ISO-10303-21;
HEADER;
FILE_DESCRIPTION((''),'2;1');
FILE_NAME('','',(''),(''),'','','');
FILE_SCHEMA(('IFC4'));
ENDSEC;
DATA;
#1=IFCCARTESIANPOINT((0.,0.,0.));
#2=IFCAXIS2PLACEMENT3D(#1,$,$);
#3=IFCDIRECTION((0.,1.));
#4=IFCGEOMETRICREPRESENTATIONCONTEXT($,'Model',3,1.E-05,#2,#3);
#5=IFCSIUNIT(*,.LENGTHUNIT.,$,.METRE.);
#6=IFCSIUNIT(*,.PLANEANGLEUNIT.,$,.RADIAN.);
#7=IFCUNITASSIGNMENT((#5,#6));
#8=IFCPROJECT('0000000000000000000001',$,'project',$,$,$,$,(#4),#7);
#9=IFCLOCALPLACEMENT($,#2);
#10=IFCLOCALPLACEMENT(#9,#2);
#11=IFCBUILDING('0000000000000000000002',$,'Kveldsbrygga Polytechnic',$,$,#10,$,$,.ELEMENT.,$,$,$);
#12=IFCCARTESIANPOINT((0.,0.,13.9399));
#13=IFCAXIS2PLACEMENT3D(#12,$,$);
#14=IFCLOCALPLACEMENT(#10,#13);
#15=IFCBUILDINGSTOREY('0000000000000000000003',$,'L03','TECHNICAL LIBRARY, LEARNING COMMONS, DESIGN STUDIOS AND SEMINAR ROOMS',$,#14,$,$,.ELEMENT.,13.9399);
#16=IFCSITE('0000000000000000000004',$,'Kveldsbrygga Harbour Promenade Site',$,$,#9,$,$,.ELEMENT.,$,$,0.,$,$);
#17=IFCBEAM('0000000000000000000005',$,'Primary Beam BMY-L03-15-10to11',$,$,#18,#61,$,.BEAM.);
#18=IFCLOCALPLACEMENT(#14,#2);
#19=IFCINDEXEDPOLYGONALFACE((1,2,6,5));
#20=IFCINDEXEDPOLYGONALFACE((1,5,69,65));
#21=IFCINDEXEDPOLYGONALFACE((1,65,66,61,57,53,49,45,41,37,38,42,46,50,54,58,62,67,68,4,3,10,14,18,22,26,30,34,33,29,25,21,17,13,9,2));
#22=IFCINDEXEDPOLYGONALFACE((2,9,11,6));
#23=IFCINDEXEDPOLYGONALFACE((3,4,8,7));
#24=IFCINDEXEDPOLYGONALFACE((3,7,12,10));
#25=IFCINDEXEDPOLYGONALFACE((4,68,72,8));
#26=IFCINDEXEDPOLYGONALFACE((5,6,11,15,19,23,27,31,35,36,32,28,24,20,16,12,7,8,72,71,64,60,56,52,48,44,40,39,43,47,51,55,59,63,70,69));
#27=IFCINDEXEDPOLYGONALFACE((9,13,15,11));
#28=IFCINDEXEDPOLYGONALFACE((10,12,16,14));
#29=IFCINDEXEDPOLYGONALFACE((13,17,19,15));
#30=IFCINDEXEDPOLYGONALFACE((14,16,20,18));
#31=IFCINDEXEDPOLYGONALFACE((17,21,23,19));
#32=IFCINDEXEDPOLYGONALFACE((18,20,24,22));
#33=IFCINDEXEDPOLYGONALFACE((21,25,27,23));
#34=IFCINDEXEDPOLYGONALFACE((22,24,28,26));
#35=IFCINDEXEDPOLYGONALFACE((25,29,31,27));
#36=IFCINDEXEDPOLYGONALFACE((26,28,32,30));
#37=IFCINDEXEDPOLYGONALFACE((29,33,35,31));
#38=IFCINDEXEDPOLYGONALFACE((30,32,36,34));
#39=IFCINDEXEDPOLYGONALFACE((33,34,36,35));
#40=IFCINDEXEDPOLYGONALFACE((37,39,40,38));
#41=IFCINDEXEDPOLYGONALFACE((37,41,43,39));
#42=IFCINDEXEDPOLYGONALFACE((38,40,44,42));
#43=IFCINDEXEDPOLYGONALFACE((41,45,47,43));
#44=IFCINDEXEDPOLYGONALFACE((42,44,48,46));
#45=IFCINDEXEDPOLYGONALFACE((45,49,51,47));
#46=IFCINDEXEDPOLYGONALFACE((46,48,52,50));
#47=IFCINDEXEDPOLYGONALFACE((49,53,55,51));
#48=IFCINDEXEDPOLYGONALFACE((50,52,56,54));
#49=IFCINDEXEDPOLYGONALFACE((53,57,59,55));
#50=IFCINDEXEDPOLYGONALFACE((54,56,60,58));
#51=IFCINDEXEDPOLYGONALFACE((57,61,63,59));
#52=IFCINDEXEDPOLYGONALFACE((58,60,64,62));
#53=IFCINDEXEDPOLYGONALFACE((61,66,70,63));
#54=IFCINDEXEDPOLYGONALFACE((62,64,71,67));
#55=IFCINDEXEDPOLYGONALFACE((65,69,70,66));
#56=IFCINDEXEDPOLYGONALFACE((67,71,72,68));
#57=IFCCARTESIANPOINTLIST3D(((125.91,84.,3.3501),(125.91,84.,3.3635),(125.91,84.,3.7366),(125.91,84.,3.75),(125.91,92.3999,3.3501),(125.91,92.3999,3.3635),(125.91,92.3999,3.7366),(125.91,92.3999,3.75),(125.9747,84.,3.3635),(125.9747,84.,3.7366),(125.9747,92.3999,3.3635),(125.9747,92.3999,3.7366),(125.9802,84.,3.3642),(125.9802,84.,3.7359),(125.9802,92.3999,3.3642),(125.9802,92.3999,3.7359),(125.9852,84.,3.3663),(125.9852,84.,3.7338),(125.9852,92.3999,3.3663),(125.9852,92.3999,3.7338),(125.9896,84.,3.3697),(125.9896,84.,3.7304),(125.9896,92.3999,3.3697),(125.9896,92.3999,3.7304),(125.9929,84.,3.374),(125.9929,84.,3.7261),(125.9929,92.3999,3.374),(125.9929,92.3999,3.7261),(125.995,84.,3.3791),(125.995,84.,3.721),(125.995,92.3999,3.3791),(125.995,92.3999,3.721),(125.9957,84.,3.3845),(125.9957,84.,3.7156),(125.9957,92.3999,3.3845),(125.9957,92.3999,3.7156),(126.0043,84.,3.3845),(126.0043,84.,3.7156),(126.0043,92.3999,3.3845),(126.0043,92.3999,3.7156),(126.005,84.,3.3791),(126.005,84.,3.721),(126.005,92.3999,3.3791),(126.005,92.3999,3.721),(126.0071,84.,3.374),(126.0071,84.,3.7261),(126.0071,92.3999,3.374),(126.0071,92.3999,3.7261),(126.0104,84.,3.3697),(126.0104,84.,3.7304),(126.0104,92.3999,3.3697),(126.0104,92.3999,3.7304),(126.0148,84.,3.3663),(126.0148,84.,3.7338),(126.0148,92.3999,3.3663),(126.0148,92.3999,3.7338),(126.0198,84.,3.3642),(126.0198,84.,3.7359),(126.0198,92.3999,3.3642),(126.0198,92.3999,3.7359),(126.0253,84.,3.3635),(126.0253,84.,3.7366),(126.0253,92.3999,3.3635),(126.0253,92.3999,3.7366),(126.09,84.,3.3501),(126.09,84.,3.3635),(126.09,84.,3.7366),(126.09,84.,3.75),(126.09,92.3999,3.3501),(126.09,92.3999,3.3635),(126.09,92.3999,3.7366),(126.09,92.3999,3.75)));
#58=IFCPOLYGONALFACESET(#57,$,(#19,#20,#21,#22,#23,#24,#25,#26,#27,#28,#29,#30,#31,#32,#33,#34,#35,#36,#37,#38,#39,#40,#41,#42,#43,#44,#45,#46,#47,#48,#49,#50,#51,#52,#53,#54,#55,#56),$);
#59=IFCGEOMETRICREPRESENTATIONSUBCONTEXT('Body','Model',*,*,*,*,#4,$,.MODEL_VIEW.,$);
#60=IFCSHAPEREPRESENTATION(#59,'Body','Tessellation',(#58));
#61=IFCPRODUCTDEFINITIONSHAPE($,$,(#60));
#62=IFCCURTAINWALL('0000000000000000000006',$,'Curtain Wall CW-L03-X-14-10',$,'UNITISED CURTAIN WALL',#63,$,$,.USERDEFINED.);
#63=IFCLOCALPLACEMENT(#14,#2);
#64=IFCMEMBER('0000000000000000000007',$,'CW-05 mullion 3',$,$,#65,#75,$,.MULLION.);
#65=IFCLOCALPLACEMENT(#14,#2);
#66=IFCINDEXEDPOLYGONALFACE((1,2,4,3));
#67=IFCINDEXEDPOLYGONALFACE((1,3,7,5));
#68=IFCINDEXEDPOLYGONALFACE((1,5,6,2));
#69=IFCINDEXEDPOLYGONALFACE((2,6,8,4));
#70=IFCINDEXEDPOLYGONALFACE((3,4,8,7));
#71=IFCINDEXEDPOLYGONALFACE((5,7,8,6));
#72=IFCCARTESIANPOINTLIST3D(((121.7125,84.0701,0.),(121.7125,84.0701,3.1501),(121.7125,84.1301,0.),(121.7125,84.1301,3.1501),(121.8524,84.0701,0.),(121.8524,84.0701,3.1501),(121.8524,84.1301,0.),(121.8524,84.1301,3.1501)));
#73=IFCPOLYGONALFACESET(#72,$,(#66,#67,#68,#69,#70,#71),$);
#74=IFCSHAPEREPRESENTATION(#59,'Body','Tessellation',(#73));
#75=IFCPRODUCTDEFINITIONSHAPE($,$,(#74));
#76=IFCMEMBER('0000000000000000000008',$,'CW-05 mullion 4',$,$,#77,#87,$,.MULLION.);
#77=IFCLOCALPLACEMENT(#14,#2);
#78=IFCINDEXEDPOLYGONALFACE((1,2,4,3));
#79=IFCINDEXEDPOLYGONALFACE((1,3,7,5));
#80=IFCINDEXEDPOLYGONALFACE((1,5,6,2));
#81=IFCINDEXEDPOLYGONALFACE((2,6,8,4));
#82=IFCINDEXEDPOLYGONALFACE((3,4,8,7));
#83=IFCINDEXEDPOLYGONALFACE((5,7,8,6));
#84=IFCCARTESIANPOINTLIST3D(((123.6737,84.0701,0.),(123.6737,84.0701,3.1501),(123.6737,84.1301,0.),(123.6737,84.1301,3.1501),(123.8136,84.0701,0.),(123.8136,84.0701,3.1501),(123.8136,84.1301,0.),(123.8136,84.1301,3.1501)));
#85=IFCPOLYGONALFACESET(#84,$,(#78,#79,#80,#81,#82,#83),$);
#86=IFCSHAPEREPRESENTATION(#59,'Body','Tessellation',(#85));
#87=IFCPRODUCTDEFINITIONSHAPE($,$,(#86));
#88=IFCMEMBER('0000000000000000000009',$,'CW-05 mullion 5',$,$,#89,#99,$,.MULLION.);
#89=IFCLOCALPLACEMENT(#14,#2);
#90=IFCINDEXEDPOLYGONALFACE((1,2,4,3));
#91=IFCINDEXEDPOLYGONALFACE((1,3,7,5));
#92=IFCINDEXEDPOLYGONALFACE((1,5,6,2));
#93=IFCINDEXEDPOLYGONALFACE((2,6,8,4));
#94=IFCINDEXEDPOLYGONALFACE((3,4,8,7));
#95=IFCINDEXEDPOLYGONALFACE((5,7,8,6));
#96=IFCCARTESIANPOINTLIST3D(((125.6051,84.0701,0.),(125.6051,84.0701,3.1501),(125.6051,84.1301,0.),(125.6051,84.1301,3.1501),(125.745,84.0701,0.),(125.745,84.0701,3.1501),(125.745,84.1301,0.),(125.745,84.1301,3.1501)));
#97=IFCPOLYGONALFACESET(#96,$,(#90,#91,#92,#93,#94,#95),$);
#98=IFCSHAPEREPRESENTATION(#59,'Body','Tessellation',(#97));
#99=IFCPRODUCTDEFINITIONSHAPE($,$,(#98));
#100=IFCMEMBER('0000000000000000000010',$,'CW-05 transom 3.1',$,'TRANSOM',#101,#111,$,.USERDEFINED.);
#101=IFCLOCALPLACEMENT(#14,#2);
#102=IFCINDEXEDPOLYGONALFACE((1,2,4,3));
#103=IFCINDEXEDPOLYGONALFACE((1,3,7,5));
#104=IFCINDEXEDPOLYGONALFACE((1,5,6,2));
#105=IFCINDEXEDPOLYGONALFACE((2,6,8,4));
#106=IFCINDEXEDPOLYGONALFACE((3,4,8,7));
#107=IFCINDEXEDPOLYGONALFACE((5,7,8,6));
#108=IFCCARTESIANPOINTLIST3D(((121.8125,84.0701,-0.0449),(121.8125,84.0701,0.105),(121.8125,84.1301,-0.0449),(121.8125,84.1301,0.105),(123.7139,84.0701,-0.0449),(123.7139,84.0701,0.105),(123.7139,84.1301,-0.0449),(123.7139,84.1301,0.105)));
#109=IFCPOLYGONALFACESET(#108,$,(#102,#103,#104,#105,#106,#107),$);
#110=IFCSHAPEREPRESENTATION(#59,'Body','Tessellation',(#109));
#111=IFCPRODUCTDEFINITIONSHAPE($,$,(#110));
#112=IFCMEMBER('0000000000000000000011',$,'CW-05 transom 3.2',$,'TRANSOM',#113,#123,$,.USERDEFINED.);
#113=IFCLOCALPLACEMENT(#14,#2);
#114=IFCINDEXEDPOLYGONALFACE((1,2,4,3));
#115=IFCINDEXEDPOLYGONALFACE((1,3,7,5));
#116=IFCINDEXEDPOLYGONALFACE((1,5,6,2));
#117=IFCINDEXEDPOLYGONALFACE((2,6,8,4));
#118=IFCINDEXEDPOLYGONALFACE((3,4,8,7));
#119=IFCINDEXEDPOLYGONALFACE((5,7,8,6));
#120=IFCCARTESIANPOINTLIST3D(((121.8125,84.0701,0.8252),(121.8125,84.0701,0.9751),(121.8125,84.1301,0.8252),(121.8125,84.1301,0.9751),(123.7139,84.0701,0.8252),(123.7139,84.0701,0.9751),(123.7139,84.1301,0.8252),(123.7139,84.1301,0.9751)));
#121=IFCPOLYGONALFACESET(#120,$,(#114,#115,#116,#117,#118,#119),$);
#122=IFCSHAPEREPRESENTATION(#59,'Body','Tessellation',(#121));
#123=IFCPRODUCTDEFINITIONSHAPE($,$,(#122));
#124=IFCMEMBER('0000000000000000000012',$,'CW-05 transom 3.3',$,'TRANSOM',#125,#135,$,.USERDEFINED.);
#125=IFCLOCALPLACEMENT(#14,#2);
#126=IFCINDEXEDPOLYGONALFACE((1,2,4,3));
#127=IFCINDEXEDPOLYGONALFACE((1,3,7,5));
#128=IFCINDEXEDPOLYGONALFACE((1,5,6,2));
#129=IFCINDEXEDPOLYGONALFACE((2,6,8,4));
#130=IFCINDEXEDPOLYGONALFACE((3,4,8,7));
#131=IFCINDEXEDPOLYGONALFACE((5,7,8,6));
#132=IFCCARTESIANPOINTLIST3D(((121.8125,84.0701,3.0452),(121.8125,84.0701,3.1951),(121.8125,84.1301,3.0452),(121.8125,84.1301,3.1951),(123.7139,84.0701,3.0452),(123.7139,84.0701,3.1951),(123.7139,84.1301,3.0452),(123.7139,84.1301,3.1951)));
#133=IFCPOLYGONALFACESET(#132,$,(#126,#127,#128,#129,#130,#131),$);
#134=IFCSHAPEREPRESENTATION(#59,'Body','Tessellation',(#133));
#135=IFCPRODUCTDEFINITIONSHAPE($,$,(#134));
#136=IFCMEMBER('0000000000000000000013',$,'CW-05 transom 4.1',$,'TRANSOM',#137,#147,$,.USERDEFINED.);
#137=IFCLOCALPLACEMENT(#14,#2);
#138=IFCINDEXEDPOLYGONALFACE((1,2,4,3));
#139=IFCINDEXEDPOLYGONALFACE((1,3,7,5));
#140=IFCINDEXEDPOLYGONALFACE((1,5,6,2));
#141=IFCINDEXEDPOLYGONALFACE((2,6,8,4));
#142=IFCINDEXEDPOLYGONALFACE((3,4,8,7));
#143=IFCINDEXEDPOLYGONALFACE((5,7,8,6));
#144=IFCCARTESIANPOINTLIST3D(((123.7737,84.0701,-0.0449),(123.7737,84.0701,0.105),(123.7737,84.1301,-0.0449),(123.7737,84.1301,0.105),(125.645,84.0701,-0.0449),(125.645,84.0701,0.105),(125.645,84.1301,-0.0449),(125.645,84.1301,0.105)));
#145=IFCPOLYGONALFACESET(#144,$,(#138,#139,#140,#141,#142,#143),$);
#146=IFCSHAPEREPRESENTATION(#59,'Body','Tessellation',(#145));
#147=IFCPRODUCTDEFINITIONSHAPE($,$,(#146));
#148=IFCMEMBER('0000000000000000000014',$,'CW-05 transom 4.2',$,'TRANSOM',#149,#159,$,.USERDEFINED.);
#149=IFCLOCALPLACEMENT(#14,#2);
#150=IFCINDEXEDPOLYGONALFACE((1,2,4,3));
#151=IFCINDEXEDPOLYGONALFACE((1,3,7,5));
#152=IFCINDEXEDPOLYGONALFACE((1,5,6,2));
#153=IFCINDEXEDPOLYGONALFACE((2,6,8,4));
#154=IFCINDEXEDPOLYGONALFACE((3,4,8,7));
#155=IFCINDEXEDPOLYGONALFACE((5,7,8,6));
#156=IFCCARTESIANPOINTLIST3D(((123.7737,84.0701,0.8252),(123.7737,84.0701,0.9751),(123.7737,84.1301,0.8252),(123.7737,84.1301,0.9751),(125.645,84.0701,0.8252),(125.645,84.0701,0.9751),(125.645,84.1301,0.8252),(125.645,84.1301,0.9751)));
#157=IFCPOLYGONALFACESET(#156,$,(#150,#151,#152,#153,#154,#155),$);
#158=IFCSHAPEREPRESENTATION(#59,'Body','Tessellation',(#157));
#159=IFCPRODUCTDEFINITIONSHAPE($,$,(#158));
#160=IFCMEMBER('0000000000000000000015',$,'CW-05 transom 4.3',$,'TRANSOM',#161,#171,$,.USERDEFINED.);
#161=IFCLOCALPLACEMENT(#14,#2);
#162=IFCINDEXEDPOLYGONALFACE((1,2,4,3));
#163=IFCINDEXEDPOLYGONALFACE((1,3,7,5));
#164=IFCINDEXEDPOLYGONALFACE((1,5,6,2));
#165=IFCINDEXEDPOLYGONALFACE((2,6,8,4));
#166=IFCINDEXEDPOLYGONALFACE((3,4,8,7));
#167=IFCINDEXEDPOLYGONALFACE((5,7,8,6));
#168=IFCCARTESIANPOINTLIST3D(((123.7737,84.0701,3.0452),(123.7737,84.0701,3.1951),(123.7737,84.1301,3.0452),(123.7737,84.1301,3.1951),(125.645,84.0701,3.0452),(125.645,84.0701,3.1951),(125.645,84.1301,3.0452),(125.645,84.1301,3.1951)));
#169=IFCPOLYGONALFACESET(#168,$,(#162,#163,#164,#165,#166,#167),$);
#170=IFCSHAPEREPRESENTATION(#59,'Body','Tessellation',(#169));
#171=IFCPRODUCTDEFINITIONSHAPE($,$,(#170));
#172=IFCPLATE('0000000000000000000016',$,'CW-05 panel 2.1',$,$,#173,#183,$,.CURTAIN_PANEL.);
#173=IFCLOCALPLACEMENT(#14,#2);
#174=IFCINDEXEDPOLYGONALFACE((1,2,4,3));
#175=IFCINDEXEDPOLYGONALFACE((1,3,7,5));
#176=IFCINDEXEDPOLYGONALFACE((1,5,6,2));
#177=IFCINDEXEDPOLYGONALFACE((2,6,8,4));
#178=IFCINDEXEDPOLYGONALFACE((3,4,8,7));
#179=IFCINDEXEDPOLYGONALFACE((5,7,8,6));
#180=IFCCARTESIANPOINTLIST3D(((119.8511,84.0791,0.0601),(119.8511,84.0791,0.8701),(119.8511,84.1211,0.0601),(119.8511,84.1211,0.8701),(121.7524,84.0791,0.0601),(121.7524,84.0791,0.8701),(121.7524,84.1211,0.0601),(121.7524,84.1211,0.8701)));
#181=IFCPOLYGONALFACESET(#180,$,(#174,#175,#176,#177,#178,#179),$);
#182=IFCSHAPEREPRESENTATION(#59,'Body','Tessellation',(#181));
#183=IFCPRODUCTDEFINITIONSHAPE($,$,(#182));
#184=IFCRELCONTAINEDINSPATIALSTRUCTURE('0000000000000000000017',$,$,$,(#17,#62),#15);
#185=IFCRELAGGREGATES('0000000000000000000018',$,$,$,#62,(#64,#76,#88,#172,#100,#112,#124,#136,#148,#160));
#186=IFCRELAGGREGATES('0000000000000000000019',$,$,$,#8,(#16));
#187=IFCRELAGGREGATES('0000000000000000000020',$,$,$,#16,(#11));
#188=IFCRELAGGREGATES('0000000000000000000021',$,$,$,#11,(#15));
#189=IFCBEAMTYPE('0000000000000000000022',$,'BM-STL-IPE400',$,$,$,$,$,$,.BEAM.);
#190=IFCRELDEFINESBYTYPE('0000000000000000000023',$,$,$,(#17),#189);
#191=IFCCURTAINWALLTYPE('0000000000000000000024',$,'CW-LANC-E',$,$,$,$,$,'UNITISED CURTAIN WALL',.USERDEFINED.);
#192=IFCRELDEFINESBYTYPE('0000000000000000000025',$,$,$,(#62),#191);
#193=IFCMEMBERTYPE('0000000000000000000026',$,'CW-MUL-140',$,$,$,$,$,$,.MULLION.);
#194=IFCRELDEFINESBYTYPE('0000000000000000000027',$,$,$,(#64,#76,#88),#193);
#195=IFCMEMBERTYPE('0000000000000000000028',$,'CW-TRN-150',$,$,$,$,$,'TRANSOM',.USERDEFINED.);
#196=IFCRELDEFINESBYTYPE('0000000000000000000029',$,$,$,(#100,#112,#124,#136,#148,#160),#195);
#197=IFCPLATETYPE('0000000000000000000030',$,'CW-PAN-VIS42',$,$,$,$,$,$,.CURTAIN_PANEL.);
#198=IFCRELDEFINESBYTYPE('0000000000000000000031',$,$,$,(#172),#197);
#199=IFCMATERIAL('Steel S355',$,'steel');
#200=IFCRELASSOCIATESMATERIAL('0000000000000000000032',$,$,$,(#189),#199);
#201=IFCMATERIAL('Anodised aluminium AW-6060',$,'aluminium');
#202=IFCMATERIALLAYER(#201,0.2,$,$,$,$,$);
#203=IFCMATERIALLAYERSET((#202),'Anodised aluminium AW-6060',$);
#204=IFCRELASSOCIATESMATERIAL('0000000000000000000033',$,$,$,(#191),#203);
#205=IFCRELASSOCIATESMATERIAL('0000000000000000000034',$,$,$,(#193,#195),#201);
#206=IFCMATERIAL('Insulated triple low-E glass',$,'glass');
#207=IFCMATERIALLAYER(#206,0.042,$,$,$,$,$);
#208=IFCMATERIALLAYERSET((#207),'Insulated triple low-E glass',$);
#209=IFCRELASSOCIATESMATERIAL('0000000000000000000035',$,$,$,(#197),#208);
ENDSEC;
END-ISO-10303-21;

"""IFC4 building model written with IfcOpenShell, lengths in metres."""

from ifc_helpers import new_model, si_unit, direction, frame, origin, origin_2d, place, context, subcontext, project, spatial, rectangle, i_section, extrude, material, layer, layer_set, material_profile, profile_set, type_object, element, aggregate, save


model = new_model("IFC4")

# Units and contexts
model_context = context("Model", 3, precision=1e-05, world=origin(), true_north=direction((0.0, 1.0)))
body_context = subcontext(model_context, "Body", "Model", "MODEL_VIEW")
ifc_project = project(units=[si_unit("LENGTHUNIT", "METRE"), si_unit("PLANEANGLEUNIT", "RADIAN")], contexts=[model_context])

# Site, building, storey
site_placement = place(None, origin())
site = spatial("IfcSite", under=ifc_project, at=site_placement, Name="Kveldsbrygga Harbour Promenade Site", CompositionType="ELEMENT", RefElevation=0.0)
building_placement = place(site_placement, origin())
building = spatial("IfcBuilding", under=site, at=building_placement, Name="Kveldsbrygga Polytechnic", CompositionType="ELEMENT")
storey_placement = place(building_placement, frame((0.0, 0.0, 13.9399)))
storey = spatial("IfcBuildingStorey", under=building, at=storey_placement, Name="L03", Description="TECHNICAL LIBRARY, LEARNING COMMONS, DESIGN STUDIOS AND SEMINAR ROOMS", CompositionType="ELEMENT", Elevation=13.9399)

# Beam
ifc_material_1 = material(Name="Steel S355", Category="steel")
ifc_material_profile_1 = material_profile(ifc_material_1, i_section(OverallWidth=0.1799, OverallDepth=0.3999, WebThickness=0.0085, FlangeThickness=0.0134, FilletRadius=0.021, at=origin_2d()), Name="IPE 400")
ifc_profile_set_1 = profile_set([ifc_material_profile_1], Name="Steel S355")
beam_type = type_object("IfcBeamType", Name="BM-STL-IPE400", PredefinedType="BEAM", material=ifc_profile_set_1)
beam_placement = place(storey_placement, frame((126.0, 84.0, 3.55), z_axis=(0.0, 1.0, 0.0), x_axis=(-1.0, 0.0, 0.0)))
element("IfcBeam", 1, at=beam_placement, inside=storey, type_object=beam_type, Name="Primary Beam BMY-L03-15-10to11", PredefinedType="BEAM", context=body_context, shape_type="SweptSolid", body=[
    extrude(i_section(OverallWidth=0.1799, OverallDepth=0.3999, WebThickness=0.0085, FlangeThickness=0.0134, FilletRadius=0.021, at=origin_2d()), origin(), (0.0, 0.0, 1.0), 8.3999),
])

# Curtain wall, members, plate
ifc_material_2 = material(Name="Anodised aluminium AW-6060", Category="aluminium")
ifc_layer_1 = layer(ifc_material_2, 0.2)
ifc_layer_set_1 = layer_set([ifc_layer_1], Name="Anodised aluminium AW-6060")
curtain_wall_type = type_object("IfcCurtainWallType", Name="CW-LANC-E", ElementType="UNITISED CURTAIN WALL", PredefinedType="USERDEFINED", material=ifc_layer_set_1)
curtain_wall_placement = place(storey_placement, origin())
curtain_wall = element("IfcCurtainWall", 2, at=curtain_wall_placement, inside=storey, type_object=curtain_wall_type, Name="Curtain Wall CW-L03-X-14-10", ObjectType="UNITISED CURTAIN WALL", PredefinedType="USERDEFINED")
ifc_material_profile_2 = material_profile(ifc_material_2, rectangle(XDim=0.0601, YDim=0.1399, at=origin_2d()), Name="ALU 60x140")
ifc_profile_set_2 = profile_set([ifc_material_profile_2], Name="Anodised aluminium AW-6060")
member_type_1 = type_object("IfcMemberType", Name="CW-MUL-140", PredefinedType="MULLION", material=ifc_profile_set_2)
member_1_placement = place(storey_placement, frame((121.7825, 84.1001, 0.0), z_axis=(0.0, 0.0, 1.0), x_axis=(0.0, 1.0, 0.0)))
member_1 = element("IfcMember", 3, at=member_1_placement, type_object=member_type_1, Name="CW-05 mullion 3", PredefinedType="MULLION", context=body_context, shape_type="SweptSolid", body=[
    extrude(rectangle(XDim=0.0601, YDim=0.1399, at=origin_2d()), origin(), (0.0, 0.0, 1.0), 3.1501),
])
member_2_placement = place(storey_placement, frame((123.7437, 84.1001, 0.0), z_axis=(0.0, 0.0, 1.0), x_axis=(0.0, 1.0, 0.0)))
member_2 = element("IfcMember", 4, at=member_2_placement, type_object=member_type_1, Name="CW-05 mullion 4", PredefinedType="MULLION", context=body_context, shape_type="SweptSolid", body=[
    extrude(rectangle(XDim=0.0601, YDim=0.1399, at=origin_2d()), origin(), (0.0, 0.0, 1.0), 3.1501),
])
member_3_placement = place(storey_placement, frame((125.675, 84.1001, 0.0), z_axis=(0.0, 0.0, 1.0), x_axis=(0.0, 1.0, 0.0)))
member_3 = element("IfcMember", 5, at=member_3_placement, type_object=member_type_1, Name="CW-05 mullion 5", PredefinedType="MULLION", context=body_context, shape_type="SweptSolid", body=[
    extrude(rectangle(XDim=0.0601, YDim=0.1399, at=origin_2d()), origin(), (0.0, 0.0, 1.0), 3.1501),
])
ifc_material_profile_3 = material_profile(ifc_material_2, rectangle(XDim=0.0601, YDim=0.1499, at=origin_2d()), Name="ALU 60x150")
ifc_profile_set_3 = profile_set([ifc_material_profile_3], Name="Anodised aluminium AW-6060")
member_type_2 = type_object("IfcMemberType", Name="CW-TRN-150", ElementType="TRANSOM", PredefinedType="USERDEFINED", material=ifc_profile_set_3)
member_4_placement = place(storey_placement, frame((121.8125, 84.1001, 0.03), z_axis=(1.0, 0.0, 0.0), x_axis=(0.0, 1.0, 0.0)))
member_4 = element("IfcMember", 6, at=member_4_placement, type_object=member_type_2, Name="CW-05 transom 3.1", ObjectType="TRANSOM", PredefinedType="USERDEFINED", context=body_context, shape_type="SweptSolid", body=[
    extrude(rectangle(XDim=0.0601, YDim=0.1499, at=origin_2d()), origin(), (0.0, 0.0, 1.0), 1.9014),
])
member_5_placement = place(storey_placement, frame((121.8125, 84.1001, 0.9001), z_axis=(1.0, 0.0, 0.0), x_axis=(0.0, 1.0, 0.0)))
member_5 = element("IfcMember", 7, at=member_5_placement, type_object=member_type_2, Name="CW-05 transom 3.2", ObjectType="TRANSOM", PredefinedType="USERDEFINED", context=body_context, shape_type="SweptSolid", body=[
    extrude(rectangle(XDim=0.0601, YDim=0.1499, at=origin_2d()), origin(), (0.0, 0.0, 1.0), 1.9014),
])
member_6_placement = place(storey_placement, frame((121.8125, 84.1001, 3.1201), z_axis=(1.0, 0.0, 0.0), x_axis=(0.0, 1.0, 0.0)))
member_6 = element("IfcMember", 8, at=member_6_placement, type_object=member_type_2, Name="CW-05 transom 3.3", ObjectType="TRANSOM", PredefinedType="USERDEFINED", context=body_context, shape_type="SweptSolid", body=[
    extrude(rectangle(XDim=0.0601, YDim=0.1499, at=origin_2d()), origin(), (0.0, 0.0, 1.0), 1.9014),
])
member_7_placement = place(storey_placement, frame((123.7737, 84.1001, 0.03), z_axis=(1.0, 0.0, 0.0), x_axis=(0.0, 1.0, 0.0)))
member_7 = element("IfcMember", 9, at=member_7_placement, type_object=member_type_2, Name="CW-05 transom 4.1", ObjectType="TRANSOM", PredefinedType="USERDEFINED", context=body_context, shape_type="SweptSolid", body=[
    extrude(rectangle(XDim=0.0601, YDim=0.1499, at=origin_2d()), origin(), (0.0, 0.0, 1.0), 1.8713),
])
member_8_placement = place(storey_placement, frame((123.7737, 84.1001, 0.9001), z_axis=(1.0, 0.0, 0.0), x_axis=(0.0, 1.0, 0.0)))
member_8 = element("IfcMember", 10, at=member_8_placement, type_object=member_type_2, Name="CW-05 transom 4.2", ObjectType="TRANSOM", PredefinedType="USERDEFINED", context=body_context, shape_type="SweptSolid", body=[
    extrude(rectangle(XDim=0.0601, YDim=0.1499, at=origin_2d()), origin(), (0.0, 0.0, 1.0), 1.8713),
])
member_9_placement = place(storey_placement, frame((123.7737, 84.1001, 3.1201), z_axis=(1.0, 0.0, 0.0), x_axis=(0.0, 1.0, 0.0)))
member_9 = element("IfcMember", 11, at=member_9_placement, type_object=member_type_2, Name="CW-05 transom 4.3", ObjectType="TRANSOM", PredefinedType="USERDEFINED", context=body_context, shape_type="SweptSolid", body=[
    extrude(rectangle(XDim=0.0601, YDim=0.1499, at=origin_2d()), origin(), (0.0, 0.0, 1.0), 1.8713),
])
ifc_material_3 = material(Name="Insulated triple low-E glass", Category="glass")
ifc_layer_2 = layer(ifc_material_3, 0.042)
ifc_layer_set_2 = layer_set([ifc_layer_2], Name="Insulated triple low-E glass")
plate_type = type_object("IfcPlateType", Name="CW-PAN-VIS42", PredefinedType="CURTAIN_PANEL", material=ifc_layer_set_2)
plate_1_placement = place(storey_placement, frame((120.8018, 84.1001, 0.0601), z_axis=(0.0, 0.0, 1.0), x_axis=(1.0, 0.0, 0.0)))
plate_1 = element("IfcPlate", 12, at=plate_1_placement, type_object=plate_type, Name="CW-05 panel 2.1", PredefinedType="CURTAIN_PANEL", context=body_context, shape_type="SweptSolid", body=[
    extrude(rectangle(XDim=1.9014, YDim=0.042, at=origin_2d()), origin(), (0.0, 0.0, 1.0), 0.8101),
])
aggregate(curtain_wall, [member_1, member_2, member_3, plate_1, member_4, member_5, member_6, member_7, member_8, member_9])

save(model, "model.ifc")
